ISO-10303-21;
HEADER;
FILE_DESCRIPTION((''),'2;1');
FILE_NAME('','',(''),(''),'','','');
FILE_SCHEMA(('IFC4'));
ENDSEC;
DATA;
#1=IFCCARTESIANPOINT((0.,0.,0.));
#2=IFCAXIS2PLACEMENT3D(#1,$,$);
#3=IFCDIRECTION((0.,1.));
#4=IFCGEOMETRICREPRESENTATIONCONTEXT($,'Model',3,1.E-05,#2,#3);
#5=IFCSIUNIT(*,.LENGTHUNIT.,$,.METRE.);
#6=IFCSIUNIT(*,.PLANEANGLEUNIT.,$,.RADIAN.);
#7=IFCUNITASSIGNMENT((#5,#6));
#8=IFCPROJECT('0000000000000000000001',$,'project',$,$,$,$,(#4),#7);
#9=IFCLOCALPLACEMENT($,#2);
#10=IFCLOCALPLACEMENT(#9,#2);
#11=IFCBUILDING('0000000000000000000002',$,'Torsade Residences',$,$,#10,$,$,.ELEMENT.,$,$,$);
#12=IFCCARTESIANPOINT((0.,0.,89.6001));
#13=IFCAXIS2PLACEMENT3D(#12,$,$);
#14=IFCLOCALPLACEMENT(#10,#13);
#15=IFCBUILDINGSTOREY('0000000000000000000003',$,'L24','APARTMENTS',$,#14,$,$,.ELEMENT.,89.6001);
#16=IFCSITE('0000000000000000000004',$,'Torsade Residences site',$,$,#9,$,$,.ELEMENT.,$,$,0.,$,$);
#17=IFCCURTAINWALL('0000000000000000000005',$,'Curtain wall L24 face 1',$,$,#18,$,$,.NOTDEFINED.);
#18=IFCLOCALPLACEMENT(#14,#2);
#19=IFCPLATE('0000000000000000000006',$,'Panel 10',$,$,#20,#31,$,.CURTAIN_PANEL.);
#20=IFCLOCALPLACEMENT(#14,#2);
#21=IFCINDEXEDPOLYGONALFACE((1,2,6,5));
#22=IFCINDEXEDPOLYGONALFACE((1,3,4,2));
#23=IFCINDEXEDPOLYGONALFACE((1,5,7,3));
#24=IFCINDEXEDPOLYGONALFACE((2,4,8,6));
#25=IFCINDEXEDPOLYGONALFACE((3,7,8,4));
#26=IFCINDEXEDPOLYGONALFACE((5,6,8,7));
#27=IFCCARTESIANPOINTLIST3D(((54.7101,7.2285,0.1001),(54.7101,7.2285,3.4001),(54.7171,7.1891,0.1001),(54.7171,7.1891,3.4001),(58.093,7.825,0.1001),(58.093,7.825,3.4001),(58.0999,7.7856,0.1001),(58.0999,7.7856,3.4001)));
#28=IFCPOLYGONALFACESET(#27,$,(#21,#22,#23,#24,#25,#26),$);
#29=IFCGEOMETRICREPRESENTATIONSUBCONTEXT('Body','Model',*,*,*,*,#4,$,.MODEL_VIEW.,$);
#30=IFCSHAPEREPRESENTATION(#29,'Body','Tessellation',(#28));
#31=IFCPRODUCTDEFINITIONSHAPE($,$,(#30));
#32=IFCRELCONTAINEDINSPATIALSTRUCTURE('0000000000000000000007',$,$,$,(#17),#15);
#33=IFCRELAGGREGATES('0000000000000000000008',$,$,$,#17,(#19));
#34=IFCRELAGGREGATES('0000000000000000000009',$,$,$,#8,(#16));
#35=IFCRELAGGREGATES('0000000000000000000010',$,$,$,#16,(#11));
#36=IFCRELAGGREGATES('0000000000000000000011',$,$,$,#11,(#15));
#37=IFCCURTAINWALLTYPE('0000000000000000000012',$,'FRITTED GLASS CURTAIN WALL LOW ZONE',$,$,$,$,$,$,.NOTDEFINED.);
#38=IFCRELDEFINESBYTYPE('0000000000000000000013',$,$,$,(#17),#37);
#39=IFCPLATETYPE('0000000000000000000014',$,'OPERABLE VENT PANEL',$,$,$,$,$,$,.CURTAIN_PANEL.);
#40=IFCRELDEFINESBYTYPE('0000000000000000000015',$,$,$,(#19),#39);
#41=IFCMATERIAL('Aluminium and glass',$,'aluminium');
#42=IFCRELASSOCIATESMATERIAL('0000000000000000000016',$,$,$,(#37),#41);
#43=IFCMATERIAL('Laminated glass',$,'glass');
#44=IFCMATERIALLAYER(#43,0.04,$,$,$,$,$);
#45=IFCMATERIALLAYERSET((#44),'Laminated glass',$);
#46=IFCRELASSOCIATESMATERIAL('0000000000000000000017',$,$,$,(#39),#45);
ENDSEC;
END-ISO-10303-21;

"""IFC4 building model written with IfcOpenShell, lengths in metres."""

from ifc_helpers import new_model, si_unit, direction, frame, origin, origin_2d, place, context, subcontext, project, spatial, rectangle, extrude, material, layer, layer_set, type_object, element, aggregate, save


model = new_model("IFC4")

# Units and contexts
model_context = context("Model", 3, precision=1e-05, world=origin(), true_north=direction((0.0, 1.0)))
body_context = subcontext(model_context, "Body", "Model", "MODEL_VIEW")
ifc_project = project(units=[si_unit("LENGTHUNIT", "METRE"), si_unit("PLANEANGLEUNIT", "RADIAN")], contexts=[model_context])

# Site, building, storey
site_placement = place(None, origin())
site = spatial("IfcSite", under=ifc_project, at=site_placement, Name="Torsade Residences site", CompositionType="ELEMENT", RefElevation=0.0)
building_placement = place(site_placement, origin())
building = spatial("IfcBuilding", under=site, at=building_placement, Name="Torsade Residences", CompositionType="ELEMENT")
storey_placement = place(building_placement, frame((0.0, 0.0, 89.6001)))
storey = spatial("IfcBuildingStorey", under=building, at=storey_placement, Name="L24", Description="APARTMENTS", CompositionType="ELEMENT", Elevation=89.6001)

# Curtain wall
ifc_material_1 = material(Name="Aluminium and glass", Category="aluminium")
curtain_wall_type = type_object("IfcCurtainWallType", Name="FRITTED GLASS CURTAIN WALL LOW ZONE", PredefinedType="NOTDEFINED", material=ifc_material_1)
curtain_wall_placement = place(storey_placement, origin())
curtain_wall = element("IfcCurtainWall", 1, at=curtain_wall_placement, inside=storey, type_object=curtain_wall_type, Name="Curtain wall L24 face 1", PredefinedType="NOTDEFINED")

# Plate
ifc_material_2 = material(Name="Laminated glass", Category="glass")
ifc_layer_1 = layer(ifc_material_2, 0.04)
ifc_layer_set_1 = layer_set([ifc_layer_1], Name="Laminated glass")
plate_type_1 = type_object("IfcPlateType", Name="OPERABLE VENT PANEL", PredefinedType="CURTAIN_PANEL", material=ifc_layer_set_1)
plate_1_placement = place(storey_placement, frame((56.405, 7.5071, 0.1001), z_axis=(0.0, 0.0, 1.0), x_axis=(0.984808, 0.173648, 0.0)))
plate_1 = element("IfcPlate", 2, at=plate_1_placement, type_object=plate_type_1, Name="Panel 10", PredefinedType="CURTAIN_PANEL", context=body_context, shape_type="SweptSolid", body=[
    extrude(rectangle(XDim=3.4351, YDim=0.04, at=origin_2d()), origin(), (0.0, 0.0, 1.0), 3.3),
])
aggregate(curtain_wall, [plate_1])

save(model, "model.ifc")
